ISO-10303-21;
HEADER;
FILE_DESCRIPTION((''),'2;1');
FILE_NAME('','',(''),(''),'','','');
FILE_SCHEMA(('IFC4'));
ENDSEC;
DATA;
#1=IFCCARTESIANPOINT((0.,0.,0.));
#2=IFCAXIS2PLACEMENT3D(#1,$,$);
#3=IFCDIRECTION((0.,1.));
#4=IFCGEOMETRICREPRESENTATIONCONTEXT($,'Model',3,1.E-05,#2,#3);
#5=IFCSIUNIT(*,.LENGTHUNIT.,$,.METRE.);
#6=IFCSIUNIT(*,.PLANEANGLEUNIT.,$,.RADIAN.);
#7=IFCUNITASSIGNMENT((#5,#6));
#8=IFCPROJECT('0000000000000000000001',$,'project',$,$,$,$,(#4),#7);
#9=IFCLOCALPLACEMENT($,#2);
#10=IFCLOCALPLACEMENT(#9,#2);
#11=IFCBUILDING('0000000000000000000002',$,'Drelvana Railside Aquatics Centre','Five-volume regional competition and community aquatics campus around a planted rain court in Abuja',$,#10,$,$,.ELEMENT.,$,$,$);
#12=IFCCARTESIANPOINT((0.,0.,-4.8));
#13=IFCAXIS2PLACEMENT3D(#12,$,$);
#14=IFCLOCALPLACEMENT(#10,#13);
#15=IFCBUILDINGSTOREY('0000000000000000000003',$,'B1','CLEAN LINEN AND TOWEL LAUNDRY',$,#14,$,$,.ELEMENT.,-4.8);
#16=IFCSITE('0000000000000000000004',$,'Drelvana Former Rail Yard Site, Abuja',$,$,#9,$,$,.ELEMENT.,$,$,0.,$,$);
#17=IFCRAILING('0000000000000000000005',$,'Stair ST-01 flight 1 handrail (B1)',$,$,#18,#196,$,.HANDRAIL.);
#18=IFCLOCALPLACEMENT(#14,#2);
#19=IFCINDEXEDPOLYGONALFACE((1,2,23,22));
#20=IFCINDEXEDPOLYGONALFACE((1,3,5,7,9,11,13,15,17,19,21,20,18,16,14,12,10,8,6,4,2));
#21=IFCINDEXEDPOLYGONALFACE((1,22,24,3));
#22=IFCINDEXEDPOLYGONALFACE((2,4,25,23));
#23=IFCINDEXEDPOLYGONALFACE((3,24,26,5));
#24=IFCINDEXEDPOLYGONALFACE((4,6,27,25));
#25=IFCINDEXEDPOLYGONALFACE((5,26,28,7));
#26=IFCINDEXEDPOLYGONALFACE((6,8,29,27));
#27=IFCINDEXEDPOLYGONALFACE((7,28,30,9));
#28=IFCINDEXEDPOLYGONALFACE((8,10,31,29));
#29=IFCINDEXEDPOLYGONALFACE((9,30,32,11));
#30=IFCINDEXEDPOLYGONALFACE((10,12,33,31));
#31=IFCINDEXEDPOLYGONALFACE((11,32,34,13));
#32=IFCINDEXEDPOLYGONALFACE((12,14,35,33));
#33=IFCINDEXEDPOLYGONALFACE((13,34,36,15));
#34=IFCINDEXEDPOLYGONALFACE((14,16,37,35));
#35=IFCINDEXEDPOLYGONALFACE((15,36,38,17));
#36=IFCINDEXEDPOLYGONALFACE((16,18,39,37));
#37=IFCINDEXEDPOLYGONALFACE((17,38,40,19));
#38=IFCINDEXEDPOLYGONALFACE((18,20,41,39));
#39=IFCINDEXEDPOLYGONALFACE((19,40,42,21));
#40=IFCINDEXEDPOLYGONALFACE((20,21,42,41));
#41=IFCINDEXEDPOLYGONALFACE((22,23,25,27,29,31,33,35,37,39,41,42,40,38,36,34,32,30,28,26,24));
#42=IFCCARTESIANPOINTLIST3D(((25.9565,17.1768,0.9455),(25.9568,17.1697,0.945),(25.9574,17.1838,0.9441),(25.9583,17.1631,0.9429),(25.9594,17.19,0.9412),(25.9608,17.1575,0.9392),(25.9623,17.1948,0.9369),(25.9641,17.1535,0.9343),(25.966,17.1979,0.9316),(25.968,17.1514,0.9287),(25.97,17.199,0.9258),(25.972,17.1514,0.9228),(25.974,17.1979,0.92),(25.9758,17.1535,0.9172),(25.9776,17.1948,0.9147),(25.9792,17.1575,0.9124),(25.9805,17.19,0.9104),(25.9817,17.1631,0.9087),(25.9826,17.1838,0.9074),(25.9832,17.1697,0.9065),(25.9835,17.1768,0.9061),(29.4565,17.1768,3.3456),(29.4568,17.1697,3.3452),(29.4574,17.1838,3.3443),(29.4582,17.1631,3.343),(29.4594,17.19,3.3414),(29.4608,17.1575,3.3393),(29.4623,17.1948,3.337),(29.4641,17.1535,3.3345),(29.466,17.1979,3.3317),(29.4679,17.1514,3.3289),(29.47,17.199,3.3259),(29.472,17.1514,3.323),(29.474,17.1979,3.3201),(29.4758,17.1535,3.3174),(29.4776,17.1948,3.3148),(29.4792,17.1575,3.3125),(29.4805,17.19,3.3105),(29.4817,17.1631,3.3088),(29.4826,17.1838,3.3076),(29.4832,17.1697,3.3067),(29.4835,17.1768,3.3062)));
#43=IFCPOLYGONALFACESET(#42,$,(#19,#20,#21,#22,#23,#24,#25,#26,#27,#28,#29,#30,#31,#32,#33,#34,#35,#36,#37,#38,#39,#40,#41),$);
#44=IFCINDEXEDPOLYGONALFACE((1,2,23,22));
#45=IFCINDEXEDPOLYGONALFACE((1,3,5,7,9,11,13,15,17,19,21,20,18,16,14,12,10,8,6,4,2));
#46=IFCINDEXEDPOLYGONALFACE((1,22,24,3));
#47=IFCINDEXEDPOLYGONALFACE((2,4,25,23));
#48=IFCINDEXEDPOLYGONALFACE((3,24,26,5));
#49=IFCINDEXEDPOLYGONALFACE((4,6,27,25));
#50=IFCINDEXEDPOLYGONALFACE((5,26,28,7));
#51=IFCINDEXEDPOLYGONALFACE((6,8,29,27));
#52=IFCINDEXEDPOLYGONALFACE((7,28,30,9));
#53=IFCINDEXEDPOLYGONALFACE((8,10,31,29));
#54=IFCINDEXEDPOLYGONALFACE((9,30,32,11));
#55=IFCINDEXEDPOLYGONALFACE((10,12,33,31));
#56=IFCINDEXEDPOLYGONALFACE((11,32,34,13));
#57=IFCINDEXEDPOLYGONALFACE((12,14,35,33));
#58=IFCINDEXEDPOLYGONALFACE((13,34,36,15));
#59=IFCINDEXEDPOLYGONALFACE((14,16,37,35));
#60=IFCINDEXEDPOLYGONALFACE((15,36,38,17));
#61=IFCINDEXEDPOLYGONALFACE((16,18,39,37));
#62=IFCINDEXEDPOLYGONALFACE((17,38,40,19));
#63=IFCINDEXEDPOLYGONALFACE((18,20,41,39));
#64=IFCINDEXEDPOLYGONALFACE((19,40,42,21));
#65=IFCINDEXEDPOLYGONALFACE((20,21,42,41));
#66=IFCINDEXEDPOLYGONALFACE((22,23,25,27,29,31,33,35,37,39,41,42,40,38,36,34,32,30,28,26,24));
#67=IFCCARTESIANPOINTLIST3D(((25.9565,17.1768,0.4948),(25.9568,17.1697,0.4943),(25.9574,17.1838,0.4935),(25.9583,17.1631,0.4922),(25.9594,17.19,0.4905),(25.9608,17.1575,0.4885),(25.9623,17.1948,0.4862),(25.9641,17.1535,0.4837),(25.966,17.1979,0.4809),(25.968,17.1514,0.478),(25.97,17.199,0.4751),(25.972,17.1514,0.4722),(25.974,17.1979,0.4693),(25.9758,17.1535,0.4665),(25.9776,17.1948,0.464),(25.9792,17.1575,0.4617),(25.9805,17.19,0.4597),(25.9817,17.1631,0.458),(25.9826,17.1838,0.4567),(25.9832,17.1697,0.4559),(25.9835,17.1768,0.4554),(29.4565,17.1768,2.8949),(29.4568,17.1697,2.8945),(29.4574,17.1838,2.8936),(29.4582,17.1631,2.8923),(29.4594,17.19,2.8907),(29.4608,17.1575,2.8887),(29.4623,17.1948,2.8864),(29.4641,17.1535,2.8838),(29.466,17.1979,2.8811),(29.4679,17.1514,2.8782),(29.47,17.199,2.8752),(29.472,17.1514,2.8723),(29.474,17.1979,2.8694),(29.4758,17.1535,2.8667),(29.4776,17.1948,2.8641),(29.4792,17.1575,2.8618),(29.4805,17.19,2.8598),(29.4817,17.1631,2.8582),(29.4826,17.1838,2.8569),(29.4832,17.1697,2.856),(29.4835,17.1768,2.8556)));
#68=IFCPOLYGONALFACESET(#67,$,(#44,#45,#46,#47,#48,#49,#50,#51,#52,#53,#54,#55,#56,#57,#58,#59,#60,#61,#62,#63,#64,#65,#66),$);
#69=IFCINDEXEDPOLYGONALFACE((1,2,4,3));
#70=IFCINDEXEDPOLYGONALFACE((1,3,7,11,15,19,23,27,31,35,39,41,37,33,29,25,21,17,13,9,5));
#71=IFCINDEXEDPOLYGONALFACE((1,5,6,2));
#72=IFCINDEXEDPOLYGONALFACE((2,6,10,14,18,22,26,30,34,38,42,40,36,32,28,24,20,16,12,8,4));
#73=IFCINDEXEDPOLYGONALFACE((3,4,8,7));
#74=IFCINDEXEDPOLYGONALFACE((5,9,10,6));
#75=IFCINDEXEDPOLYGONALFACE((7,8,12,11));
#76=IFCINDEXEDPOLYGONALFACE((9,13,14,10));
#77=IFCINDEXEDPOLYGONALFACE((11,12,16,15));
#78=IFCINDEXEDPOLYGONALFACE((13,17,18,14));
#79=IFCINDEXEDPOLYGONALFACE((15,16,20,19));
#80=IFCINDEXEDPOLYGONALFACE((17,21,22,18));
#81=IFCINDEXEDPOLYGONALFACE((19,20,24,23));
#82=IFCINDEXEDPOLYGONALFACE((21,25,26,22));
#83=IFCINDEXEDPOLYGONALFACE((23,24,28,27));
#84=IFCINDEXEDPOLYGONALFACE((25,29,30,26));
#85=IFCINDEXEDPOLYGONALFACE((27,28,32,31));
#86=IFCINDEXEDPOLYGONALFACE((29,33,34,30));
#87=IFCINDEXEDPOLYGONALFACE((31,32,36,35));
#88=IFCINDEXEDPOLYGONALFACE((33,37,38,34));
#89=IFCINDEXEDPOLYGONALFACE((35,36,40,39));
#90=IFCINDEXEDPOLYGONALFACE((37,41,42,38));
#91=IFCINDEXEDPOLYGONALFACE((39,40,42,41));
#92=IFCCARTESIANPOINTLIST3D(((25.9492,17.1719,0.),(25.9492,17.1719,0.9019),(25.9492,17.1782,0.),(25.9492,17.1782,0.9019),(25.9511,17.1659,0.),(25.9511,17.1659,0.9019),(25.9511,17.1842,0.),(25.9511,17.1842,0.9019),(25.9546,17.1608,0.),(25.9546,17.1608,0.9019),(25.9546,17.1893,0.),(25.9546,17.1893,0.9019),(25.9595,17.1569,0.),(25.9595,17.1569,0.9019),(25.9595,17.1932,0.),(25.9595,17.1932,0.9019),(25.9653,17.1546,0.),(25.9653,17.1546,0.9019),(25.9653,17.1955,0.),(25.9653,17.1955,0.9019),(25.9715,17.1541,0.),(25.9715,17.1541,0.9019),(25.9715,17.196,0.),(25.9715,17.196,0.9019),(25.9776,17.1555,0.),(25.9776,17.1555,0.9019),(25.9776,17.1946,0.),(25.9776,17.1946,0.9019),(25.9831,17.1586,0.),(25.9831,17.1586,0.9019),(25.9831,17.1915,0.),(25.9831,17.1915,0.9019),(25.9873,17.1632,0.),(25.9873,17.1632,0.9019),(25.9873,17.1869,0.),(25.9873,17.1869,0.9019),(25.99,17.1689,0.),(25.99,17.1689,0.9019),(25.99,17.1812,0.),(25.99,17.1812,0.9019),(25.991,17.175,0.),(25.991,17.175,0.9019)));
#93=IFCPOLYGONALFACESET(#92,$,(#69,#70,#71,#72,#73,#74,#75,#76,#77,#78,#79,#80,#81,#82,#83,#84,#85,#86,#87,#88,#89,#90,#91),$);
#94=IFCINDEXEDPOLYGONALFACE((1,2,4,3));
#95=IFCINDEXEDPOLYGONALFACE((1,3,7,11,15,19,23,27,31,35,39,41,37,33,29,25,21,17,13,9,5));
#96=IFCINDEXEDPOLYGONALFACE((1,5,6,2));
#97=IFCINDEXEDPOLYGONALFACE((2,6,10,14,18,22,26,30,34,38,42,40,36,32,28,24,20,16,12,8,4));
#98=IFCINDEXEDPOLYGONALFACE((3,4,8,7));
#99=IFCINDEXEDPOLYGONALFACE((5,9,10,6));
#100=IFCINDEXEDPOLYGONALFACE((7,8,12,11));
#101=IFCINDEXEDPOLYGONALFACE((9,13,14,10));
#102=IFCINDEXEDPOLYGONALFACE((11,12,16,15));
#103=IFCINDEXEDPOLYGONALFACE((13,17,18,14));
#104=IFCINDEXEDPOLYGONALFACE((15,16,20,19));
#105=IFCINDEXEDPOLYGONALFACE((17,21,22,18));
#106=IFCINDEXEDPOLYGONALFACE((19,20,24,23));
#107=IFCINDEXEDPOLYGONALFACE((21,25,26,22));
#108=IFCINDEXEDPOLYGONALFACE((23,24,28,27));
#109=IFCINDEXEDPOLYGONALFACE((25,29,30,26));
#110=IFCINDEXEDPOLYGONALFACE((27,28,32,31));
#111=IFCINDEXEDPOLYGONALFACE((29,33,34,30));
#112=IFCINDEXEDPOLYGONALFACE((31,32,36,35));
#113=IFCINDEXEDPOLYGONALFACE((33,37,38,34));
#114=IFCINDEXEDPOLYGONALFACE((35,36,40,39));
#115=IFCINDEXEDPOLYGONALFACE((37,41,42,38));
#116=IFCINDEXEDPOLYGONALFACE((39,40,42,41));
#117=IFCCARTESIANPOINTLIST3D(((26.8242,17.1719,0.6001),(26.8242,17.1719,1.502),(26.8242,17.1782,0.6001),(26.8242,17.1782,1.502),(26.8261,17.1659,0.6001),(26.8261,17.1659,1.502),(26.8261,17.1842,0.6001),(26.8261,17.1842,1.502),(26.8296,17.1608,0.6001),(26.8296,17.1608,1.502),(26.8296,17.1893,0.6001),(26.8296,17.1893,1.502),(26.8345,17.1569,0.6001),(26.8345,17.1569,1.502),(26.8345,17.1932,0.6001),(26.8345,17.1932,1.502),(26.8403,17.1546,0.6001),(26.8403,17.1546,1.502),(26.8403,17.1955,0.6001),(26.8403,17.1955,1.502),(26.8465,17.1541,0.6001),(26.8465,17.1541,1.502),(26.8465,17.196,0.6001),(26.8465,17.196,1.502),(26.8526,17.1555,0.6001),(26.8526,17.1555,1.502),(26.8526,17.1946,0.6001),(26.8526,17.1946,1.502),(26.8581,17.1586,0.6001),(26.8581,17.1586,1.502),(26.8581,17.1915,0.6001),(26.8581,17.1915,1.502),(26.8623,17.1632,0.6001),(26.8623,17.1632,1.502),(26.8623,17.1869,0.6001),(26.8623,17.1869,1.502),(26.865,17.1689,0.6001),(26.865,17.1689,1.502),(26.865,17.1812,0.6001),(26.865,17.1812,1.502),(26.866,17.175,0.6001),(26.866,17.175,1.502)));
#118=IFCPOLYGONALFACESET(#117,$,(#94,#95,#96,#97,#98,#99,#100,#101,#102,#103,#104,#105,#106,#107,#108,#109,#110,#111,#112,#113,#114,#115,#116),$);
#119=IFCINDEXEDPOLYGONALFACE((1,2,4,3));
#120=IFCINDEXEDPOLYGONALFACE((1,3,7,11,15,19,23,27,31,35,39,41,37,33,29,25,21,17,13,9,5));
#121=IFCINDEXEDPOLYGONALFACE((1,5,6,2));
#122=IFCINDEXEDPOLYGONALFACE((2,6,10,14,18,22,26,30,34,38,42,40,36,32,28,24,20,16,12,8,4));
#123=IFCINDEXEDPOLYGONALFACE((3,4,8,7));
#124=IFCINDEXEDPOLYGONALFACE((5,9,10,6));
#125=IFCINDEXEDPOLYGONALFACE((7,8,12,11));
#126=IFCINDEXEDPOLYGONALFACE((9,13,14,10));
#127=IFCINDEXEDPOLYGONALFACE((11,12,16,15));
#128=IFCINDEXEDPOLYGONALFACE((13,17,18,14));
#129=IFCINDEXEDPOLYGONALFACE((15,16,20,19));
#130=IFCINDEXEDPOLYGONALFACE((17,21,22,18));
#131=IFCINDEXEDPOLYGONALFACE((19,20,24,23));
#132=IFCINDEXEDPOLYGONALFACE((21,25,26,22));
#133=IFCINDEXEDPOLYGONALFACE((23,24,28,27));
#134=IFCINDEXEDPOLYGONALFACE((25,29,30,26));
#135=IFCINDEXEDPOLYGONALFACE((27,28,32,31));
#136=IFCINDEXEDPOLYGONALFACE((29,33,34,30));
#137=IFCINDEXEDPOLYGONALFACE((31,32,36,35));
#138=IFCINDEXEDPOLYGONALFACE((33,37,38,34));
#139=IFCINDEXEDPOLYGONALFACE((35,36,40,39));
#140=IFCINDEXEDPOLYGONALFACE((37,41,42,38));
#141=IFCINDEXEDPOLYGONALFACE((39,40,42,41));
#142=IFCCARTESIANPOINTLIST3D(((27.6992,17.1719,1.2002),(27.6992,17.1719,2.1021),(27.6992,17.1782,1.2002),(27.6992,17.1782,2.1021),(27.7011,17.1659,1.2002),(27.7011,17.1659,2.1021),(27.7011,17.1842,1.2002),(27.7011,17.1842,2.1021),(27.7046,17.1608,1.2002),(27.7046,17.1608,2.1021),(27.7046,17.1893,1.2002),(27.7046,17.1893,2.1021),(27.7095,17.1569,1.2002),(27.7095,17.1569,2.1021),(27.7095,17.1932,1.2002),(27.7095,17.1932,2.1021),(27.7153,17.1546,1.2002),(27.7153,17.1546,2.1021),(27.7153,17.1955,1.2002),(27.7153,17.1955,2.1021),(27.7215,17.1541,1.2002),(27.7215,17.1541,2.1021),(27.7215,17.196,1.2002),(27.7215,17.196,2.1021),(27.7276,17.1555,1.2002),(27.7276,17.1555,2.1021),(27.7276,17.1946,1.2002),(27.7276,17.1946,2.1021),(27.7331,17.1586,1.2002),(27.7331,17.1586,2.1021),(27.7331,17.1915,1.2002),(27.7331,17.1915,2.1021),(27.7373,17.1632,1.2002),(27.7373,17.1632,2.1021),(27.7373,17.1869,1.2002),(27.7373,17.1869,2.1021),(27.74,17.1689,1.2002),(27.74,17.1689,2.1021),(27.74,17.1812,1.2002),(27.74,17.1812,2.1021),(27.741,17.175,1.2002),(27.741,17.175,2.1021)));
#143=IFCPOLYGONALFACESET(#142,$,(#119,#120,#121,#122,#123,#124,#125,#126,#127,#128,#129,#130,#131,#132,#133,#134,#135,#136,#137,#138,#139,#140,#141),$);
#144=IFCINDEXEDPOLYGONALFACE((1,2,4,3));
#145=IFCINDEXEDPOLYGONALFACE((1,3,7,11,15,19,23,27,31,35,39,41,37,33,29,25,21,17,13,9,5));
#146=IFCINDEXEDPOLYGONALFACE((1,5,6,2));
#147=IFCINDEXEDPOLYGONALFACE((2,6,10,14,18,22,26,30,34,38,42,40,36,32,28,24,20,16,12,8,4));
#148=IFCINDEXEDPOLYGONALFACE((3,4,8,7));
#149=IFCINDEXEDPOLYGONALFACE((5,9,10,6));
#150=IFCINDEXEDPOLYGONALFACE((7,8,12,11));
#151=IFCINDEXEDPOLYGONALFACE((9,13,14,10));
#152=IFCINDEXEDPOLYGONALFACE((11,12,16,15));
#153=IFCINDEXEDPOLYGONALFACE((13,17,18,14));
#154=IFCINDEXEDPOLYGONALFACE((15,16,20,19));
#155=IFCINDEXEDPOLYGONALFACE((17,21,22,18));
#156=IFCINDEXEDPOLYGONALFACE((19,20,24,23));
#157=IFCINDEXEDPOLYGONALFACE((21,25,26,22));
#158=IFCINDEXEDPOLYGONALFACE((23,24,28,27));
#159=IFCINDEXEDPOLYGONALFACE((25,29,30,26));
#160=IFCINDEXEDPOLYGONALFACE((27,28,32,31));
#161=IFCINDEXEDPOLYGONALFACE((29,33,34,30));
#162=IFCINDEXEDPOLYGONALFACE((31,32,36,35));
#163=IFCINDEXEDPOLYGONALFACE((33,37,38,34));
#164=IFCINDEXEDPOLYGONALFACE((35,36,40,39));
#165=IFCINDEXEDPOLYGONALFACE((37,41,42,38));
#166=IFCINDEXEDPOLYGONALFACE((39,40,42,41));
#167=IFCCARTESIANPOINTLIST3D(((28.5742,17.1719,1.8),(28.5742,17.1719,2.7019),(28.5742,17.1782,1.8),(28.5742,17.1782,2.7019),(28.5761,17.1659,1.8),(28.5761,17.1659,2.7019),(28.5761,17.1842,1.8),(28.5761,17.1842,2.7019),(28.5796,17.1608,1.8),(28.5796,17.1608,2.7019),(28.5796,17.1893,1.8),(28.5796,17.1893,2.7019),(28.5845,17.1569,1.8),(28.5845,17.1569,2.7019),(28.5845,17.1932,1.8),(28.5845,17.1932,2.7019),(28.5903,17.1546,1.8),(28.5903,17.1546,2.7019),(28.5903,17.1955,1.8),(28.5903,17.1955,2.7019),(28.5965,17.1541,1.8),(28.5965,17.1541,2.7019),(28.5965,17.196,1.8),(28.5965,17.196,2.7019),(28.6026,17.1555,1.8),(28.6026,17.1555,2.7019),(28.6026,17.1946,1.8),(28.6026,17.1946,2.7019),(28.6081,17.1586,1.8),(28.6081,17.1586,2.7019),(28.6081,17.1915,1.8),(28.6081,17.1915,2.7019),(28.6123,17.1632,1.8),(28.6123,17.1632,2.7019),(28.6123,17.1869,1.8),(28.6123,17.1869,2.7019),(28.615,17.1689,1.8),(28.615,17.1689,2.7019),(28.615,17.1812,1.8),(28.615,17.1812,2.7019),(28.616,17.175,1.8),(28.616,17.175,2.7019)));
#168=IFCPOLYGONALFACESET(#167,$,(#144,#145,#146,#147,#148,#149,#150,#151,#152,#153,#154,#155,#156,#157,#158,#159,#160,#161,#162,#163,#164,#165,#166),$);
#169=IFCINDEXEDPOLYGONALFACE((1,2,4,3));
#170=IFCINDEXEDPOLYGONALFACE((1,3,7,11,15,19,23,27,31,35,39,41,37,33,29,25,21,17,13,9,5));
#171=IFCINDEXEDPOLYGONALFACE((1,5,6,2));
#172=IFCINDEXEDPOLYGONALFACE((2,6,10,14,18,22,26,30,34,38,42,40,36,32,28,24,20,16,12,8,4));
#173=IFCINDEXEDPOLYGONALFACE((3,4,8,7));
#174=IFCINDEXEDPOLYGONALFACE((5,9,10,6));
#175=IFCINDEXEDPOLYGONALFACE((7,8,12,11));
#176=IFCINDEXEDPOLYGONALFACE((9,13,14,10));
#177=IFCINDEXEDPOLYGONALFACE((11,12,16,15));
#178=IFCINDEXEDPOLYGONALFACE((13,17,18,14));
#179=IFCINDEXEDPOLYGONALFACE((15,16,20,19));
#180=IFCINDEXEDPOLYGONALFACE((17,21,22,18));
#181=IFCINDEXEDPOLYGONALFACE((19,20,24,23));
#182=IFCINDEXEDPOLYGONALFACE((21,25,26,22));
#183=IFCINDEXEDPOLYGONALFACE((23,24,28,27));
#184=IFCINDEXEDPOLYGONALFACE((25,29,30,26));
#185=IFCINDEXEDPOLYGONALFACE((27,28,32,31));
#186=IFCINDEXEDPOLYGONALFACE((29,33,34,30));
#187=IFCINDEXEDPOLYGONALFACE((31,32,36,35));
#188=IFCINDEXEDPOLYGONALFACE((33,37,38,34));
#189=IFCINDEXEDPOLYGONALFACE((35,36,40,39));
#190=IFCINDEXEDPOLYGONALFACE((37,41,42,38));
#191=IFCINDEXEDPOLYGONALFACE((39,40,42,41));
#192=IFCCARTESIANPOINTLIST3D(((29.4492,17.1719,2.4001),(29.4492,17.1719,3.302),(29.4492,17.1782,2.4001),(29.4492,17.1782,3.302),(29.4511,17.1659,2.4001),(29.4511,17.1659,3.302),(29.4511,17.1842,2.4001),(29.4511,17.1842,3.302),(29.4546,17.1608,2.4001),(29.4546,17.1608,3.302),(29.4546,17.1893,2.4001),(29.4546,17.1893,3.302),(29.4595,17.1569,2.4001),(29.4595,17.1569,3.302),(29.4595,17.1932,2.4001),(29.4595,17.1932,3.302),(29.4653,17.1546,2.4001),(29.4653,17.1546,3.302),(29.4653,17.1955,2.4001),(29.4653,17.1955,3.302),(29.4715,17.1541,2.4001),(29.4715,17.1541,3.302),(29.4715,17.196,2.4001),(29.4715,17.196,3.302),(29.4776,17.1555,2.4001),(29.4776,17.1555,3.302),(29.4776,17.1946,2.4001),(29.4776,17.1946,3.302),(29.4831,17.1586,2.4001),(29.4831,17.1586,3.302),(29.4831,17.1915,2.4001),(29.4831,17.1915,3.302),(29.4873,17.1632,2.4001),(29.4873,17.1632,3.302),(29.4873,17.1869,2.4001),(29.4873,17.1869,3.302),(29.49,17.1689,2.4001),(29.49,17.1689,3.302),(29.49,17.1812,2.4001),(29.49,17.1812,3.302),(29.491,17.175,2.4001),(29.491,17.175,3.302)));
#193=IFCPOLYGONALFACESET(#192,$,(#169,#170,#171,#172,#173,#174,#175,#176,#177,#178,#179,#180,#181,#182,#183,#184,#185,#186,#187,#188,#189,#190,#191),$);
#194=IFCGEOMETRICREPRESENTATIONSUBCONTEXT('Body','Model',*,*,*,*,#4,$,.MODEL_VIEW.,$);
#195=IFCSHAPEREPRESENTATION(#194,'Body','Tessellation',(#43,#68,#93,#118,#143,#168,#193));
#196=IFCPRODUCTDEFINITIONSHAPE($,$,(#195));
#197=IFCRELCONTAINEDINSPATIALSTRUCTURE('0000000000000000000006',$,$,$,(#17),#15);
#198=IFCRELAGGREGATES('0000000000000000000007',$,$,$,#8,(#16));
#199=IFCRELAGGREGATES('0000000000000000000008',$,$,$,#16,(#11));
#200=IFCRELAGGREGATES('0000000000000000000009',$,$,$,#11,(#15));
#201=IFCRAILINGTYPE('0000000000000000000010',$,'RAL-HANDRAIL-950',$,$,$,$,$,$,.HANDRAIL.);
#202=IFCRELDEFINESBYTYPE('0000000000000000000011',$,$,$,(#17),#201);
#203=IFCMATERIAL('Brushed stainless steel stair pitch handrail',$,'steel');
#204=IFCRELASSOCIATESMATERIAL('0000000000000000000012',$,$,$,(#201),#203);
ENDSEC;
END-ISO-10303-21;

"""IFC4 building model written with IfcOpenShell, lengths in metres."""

from ifc_helpers import new_model, si_unit, direction, frame, origin, origin_2d, place, context, subcontext, project, spatial, circle, extrude, material, type_object, element, save


model = new_model("IFC4")

# Units and contexts
model_context = context("Model", 3, precision=1e-05, world=origin(), true_north=direction((0.0, 1.0)))
body_context = subcontext(model_context, "Body", "Model", "MODEL_VIEW")
ifc_project = project(units=[si_unit("LENGTHUNIT", "METRE"), si_unit("PLANEANGLEUNIT", "RADIAN")], contexts=[model_context])

# Site, building, storey
site_placement = place(None, origin())
site = spatial("IfcSite", under=ifc_project, at=site_placement, Name="Drelvana Former Rail Yard Site, Abuja", CompositionType="ELEMENT", RefElevation=0.0)
building_placement = place(site_placement, origin())
building = spatial("IfcBuilding", under=site, at=building_placement, Name="Drelvana Railside Aquatics Centre", Description="Five-volume regional competition and community aquatics campus around a planted rain court in Abuja", CompositionType="ELEMENT")
storey_placement = place(building_placement, frame((0.0, 0.0, -4.8)))
storey = spatial("IfcBuildingStorey", under=building, at=storey_placement, Name="B1", Description="CLEAN LINEN AND TOWEL LAUNDRY", CompositionType="ELEMENT", Elevation=-4.8)

# Railing
ifc_material_1 = material(Name="Brushed stainless steel stair pitch handrail", Category="steel")
railing_type = type_object("IfcRailingType", Name="RAL-HANDRAIL-950", PredefinedType="HANDRAIL", material=ifc_material_1)
railing_1_placement = place(storey_placement, frame((25.97, 17.175, 0.0)))
element("IfcRailing", 1, at=railing_1_placement, inside=storey, type_object=railing_type, Name="Stair ST-01 flight 1 handrail (B1)", PredefinedType="HANDRAIL", context=body_context, shape_type="SweptSolid", body=[
    extrude(circle(Radius=0.0239, at=origin_2d()), frame((0.0, 0.0, 0.9258), z_axis=(0.824713, 0.0, 0.565552), x_axis=(0.0, 1.0, 0.0)), (0.0, 0.0, 1.0), 4.2439),
    extrude(circle(Radius=0.0239, at=origin_2d()), frame((0.0, 0.0, 0.4751), z_axis=(0.824713, 0.0, 0.565552), x_axis=(0.0, 1.0, 0.0)), (0.0, 0.0, 1.0), 4.2439),
    extrude(circle(Radius=0.021, at=origin_2d()), origin(), (0.0, 0.0, 1.0), 0.9019),
    extrude(circle(Radius=0.021, at=origin_2d()), frame((0.875, 0.0, 0.6001)), (0.0, 0.0, 1.0), 0.9019),
    extrude(circle(Radius=0.021, at=origin_2d()), frame((1.75, 0.0, 1.2002)), (0.0, 0.0, 1.0), 0.9019),
    extrude(circle(Radius=0.021, at=origin_2d()), frame((2.625, 0.0, 1.8)), (0.0, 0.0, 1.0), 0.9019),
    extrude(circle(Radius=0.021, at=origin_2d()), frame((3.5, 0.0, 2.4001)), (0.0, 0.0, 1.0), 0.9019),
])

save(model, "model.ifc")
